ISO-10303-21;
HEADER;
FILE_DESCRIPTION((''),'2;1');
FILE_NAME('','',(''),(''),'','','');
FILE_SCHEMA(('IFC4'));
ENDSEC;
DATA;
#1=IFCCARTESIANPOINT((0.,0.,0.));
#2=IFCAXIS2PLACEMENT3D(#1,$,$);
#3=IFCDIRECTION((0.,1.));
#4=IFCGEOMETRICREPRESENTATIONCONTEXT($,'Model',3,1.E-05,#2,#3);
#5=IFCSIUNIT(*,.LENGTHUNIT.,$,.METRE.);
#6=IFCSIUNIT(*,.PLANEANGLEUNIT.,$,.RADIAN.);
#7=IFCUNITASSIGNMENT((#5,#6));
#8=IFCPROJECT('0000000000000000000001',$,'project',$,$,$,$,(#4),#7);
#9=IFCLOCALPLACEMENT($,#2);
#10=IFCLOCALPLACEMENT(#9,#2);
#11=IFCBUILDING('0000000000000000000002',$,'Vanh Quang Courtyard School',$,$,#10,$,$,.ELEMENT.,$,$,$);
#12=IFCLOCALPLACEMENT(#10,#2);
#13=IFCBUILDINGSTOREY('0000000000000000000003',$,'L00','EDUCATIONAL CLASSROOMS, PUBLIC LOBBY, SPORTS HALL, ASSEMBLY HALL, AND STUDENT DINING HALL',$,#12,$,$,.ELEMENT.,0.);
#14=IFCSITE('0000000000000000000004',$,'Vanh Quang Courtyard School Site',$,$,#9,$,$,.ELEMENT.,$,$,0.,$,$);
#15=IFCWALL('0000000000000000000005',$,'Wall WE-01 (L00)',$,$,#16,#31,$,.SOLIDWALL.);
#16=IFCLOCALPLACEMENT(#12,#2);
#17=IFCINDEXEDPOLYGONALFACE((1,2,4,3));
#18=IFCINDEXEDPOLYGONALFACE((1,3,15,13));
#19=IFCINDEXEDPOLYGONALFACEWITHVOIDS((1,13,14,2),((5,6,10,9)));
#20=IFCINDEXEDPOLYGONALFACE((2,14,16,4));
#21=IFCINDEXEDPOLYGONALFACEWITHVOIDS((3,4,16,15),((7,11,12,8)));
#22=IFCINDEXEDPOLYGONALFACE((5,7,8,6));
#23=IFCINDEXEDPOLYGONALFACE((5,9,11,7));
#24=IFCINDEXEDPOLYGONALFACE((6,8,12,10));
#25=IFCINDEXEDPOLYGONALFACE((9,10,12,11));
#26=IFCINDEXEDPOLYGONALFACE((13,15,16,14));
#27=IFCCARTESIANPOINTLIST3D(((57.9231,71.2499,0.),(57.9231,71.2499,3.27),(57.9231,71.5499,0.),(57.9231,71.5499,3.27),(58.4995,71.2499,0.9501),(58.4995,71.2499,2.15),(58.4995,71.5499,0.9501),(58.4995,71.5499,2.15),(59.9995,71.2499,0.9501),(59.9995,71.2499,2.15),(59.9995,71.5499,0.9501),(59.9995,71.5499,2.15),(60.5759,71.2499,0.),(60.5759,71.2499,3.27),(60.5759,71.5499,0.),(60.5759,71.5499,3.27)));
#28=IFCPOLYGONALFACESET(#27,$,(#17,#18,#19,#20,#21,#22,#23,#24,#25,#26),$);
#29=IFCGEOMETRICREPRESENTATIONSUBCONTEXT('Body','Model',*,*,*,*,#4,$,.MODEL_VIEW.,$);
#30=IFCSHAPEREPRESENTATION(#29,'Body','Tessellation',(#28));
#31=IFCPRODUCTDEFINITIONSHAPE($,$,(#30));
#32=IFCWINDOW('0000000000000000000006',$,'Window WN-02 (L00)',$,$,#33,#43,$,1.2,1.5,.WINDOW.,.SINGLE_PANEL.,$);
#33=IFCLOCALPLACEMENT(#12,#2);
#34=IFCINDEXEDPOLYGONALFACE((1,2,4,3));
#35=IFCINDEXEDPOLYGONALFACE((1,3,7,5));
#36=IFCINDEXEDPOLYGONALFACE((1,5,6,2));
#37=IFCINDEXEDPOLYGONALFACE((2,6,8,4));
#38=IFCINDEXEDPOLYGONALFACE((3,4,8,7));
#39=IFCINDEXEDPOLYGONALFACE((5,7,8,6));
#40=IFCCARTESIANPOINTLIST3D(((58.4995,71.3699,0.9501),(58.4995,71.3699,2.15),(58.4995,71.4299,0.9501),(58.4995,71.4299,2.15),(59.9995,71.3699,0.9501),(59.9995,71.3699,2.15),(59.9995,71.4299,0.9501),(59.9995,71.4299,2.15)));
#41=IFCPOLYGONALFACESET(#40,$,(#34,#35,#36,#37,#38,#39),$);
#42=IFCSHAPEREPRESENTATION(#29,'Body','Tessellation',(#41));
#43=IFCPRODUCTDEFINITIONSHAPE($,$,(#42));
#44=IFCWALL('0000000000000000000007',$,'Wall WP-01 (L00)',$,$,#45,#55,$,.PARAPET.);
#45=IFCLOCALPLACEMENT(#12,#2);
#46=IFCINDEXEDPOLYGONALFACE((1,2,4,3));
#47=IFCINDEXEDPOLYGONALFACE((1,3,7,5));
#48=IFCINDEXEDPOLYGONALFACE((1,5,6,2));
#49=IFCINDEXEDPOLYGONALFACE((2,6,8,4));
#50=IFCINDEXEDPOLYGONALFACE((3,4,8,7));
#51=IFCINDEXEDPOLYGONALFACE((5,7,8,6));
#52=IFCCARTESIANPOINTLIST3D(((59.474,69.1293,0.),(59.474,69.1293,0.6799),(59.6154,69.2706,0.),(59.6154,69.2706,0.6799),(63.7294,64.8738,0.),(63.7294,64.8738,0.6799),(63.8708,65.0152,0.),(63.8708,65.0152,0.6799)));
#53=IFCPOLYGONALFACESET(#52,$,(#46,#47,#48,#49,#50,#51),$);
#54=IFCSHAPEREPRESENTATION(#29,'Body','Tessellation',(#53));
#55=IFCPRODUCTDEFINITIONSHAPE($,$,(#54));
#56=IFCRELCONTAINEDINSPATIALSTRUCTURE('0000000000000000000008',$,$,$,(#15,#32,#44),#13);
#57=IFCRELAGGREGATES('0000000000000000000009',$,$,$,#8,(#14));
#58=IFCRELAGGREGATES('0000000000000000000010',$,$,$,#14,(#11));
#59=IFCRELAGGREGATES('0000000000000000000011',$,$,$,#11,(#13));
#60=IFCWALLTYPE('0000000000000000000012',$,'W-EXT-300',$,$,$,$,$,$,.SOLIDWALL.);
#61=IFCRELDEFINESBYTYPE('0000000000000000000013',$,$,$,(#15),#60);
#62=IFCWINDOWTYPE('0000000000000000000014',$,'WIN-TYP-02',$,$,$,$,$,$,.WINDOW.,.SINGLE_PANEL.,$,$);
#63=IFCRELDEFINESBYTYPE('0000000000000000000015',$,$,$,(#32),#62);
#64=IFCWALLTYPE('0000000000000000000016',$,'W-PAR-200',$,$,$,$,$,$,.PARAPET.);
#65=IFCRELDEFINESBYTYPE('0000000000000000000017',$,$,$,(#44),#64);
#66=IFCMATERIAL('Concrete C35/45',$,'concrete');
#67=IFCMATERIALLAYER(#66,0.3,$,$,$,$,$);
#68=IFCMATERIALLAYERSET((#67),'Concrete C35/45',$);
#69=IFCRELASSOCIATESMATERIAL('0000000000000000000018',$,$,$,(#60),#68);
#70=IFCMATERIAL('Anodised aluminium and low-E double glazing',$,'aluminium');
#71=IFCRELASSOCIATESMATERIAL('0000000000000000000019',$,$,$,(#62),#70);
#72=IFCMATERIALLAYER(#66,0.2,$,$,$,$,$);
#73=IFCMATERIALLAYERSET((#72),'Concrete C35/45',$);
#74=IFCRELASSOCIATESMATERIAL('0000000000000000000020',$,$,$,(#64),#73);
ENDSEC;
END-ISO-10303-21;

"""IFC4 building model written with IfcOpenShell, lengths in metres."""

from ifc_helpers import new_model, si_unit, direction, frame, frame_2d, origin, place, context, subcontext, project, spatial, rectangle, extrude, material, layer, layer_set, type_object, element, fill, save


model = new_model("IFC4")

# Units and contexts
model_context = context("Model", 3, precision=1e-05, world=origin(), true_north=direction((0.0, 1.0)))
body_context = subcontext(model_context, "Body", "Model", "MODEL_VIEW")
ifc_project = project(units=[si_unit("LENGTHUNIT", "METRE"), si_unit("PLANEANGLEUNIT", "RADIAN")], contexts=[model_context])

# Site, building, storey
site_placement = place(None, origin())
site = spatial("IfcSite", under=ifc_project, at=site_placement, Name="Vanh Quang Courtyard School Site", CompositionType="ELEMENT", RefElevation=0.0)
building_placement = place(site_placement, origin())
building = spatial("IfcBuilding", under=site, at=building_placement, Name="Vanh Quang Courtyard School", CompositionType="ELEMENT")
storey_placement = place(building_placement, origin())
storey = spatial("IfcBuildingStorey", under=building, at=storey_placement, Name="L00", Description="EDUCATIONAL CLASSROOMS, PUBLIC LOBBY, SPORTS HALL, ASSEMBLY HALL, AND STUDENT DINING HALL", CompositionType="ELEMENT", Elevation=0.0)

# Shared definitions
ifc_material_1 = material(Name="Concrete C35/45", Category="concrete")

# Wall, opening, window
ifc_layer_1 = layer(ifc_material_1, 0.3)
ifc_layer_set_1 = layer_set([ifc_layer_1], Name="Concrete C35/45")
wall_type_1 = type_object("IfcWallType", Name="W-EXT-300", PredefinedType="SOLIDWALL", material=ifc_layer_set_1)
wall_1_placement = place(storey_placement, frame((60.5759, 71.3999, 0.0), z_axis=(0.0, 0.0, 1.0), x_axis=(-1.0, 0.0, 0.0)))
wall_1 = element("IfcWall", 1, at=wall_1_placement, inside=storey, type_object=wall_type_1, Name="Wall WE-01 (L00)", PredefinedType="SOLIDWALL", context=body_context, shape_type="SweptSolid", body=[
    extrude(rectangle(XDim=2.6528, YDim=0.3, at=frame_2d((1.3264, 0.0))), origin(), (0.0, 0.0, 1.0), 3.27),
])
opening_placement = place(wall_1_placement, frame((0.5764, 0.0, 0.95)))
opening = element("IfcOpeningElement", 2, at=opening_placement, cuts=wall_1, PredefinedType="OPENING", context=body_context, shape_type="SweptSolid", body=[
    extrude(rectangle(XDim=1.5, YDim=1.2, at=frame_2d((0.75, 0.6001))), frame((0.0, 0.1602, 0.0), z_axis=(0.0, -1.0, 0.0), x_axis=(1.0, 0.0, 0.0)), (0.0, 0.0, 1.0), 0.3201),
])
ifc_material_2 = material(Name="Anodised aluminium and low-E double glazing", Category="aluminium")
window_type = type_object("IfcWindowType", Name="WIN-TYP-02", PartitioningType="SINGLE_PANEL", PredefinedType="WINDOW", material=ifc_material_2)
window_placement = place(opening_placement, origin())
window = element("IfcWindow", 3, at=window_placement, inside=storey, type_object=window_type, Name="Window WN-02 (L00)", OverallHeight=1.2, OverallWidth=1.5, PartitioningType="SINGLE_PANEL", PredefinedType="WINDOW", context=body_context, shape_type="SweptSolid", body=[
    extrude(rectangle(XDim=1.5, YDim=1.2, at=frame_2d((0.75, 0.6001))), frame((0.0, 0.03, 0.0), z_axis=(0.0, -1.0, 0.0), x_axis=(1.0, 0.0, 0.0)), (0.0, 0.0, 1.0), 0.0601),
])
fill(opening, window)

# Wall
ifc_layer_2 = layer(ifc_material_1, 0.2)
ifc_layer_set_2 = layer_set([ifc_layer_2], Name="Concrete C35/45")
wall_type_2 = type_object("IfcWallType", Name="W-PAR-200", PredefinedType="PARAPET", material=ifc_layer_set_2)
wall_2_placement = place(storey_placement, frame((59.5447, 69.2, 0.0), z_axis=(0.0, 0.0, 1.0), x_axis=(0.707107, -0.707107, 0.0)))
element("IfcWall", 4, at=wall_2_placement, inside=storey, type_object=wall_type_2, Name="Wall WP-01 (L00)", PredefinedType="PARAPET", context=body_context, shape_type="SweptSolid", body=[
    extrude(rectangle(XDim=6.0181, YDim=0.2, at=frame_2d((3.009, 0.0))), origin(), (0.0, 0.0, 1.0), 0.6799),
])

save(model, "model.ifc")
